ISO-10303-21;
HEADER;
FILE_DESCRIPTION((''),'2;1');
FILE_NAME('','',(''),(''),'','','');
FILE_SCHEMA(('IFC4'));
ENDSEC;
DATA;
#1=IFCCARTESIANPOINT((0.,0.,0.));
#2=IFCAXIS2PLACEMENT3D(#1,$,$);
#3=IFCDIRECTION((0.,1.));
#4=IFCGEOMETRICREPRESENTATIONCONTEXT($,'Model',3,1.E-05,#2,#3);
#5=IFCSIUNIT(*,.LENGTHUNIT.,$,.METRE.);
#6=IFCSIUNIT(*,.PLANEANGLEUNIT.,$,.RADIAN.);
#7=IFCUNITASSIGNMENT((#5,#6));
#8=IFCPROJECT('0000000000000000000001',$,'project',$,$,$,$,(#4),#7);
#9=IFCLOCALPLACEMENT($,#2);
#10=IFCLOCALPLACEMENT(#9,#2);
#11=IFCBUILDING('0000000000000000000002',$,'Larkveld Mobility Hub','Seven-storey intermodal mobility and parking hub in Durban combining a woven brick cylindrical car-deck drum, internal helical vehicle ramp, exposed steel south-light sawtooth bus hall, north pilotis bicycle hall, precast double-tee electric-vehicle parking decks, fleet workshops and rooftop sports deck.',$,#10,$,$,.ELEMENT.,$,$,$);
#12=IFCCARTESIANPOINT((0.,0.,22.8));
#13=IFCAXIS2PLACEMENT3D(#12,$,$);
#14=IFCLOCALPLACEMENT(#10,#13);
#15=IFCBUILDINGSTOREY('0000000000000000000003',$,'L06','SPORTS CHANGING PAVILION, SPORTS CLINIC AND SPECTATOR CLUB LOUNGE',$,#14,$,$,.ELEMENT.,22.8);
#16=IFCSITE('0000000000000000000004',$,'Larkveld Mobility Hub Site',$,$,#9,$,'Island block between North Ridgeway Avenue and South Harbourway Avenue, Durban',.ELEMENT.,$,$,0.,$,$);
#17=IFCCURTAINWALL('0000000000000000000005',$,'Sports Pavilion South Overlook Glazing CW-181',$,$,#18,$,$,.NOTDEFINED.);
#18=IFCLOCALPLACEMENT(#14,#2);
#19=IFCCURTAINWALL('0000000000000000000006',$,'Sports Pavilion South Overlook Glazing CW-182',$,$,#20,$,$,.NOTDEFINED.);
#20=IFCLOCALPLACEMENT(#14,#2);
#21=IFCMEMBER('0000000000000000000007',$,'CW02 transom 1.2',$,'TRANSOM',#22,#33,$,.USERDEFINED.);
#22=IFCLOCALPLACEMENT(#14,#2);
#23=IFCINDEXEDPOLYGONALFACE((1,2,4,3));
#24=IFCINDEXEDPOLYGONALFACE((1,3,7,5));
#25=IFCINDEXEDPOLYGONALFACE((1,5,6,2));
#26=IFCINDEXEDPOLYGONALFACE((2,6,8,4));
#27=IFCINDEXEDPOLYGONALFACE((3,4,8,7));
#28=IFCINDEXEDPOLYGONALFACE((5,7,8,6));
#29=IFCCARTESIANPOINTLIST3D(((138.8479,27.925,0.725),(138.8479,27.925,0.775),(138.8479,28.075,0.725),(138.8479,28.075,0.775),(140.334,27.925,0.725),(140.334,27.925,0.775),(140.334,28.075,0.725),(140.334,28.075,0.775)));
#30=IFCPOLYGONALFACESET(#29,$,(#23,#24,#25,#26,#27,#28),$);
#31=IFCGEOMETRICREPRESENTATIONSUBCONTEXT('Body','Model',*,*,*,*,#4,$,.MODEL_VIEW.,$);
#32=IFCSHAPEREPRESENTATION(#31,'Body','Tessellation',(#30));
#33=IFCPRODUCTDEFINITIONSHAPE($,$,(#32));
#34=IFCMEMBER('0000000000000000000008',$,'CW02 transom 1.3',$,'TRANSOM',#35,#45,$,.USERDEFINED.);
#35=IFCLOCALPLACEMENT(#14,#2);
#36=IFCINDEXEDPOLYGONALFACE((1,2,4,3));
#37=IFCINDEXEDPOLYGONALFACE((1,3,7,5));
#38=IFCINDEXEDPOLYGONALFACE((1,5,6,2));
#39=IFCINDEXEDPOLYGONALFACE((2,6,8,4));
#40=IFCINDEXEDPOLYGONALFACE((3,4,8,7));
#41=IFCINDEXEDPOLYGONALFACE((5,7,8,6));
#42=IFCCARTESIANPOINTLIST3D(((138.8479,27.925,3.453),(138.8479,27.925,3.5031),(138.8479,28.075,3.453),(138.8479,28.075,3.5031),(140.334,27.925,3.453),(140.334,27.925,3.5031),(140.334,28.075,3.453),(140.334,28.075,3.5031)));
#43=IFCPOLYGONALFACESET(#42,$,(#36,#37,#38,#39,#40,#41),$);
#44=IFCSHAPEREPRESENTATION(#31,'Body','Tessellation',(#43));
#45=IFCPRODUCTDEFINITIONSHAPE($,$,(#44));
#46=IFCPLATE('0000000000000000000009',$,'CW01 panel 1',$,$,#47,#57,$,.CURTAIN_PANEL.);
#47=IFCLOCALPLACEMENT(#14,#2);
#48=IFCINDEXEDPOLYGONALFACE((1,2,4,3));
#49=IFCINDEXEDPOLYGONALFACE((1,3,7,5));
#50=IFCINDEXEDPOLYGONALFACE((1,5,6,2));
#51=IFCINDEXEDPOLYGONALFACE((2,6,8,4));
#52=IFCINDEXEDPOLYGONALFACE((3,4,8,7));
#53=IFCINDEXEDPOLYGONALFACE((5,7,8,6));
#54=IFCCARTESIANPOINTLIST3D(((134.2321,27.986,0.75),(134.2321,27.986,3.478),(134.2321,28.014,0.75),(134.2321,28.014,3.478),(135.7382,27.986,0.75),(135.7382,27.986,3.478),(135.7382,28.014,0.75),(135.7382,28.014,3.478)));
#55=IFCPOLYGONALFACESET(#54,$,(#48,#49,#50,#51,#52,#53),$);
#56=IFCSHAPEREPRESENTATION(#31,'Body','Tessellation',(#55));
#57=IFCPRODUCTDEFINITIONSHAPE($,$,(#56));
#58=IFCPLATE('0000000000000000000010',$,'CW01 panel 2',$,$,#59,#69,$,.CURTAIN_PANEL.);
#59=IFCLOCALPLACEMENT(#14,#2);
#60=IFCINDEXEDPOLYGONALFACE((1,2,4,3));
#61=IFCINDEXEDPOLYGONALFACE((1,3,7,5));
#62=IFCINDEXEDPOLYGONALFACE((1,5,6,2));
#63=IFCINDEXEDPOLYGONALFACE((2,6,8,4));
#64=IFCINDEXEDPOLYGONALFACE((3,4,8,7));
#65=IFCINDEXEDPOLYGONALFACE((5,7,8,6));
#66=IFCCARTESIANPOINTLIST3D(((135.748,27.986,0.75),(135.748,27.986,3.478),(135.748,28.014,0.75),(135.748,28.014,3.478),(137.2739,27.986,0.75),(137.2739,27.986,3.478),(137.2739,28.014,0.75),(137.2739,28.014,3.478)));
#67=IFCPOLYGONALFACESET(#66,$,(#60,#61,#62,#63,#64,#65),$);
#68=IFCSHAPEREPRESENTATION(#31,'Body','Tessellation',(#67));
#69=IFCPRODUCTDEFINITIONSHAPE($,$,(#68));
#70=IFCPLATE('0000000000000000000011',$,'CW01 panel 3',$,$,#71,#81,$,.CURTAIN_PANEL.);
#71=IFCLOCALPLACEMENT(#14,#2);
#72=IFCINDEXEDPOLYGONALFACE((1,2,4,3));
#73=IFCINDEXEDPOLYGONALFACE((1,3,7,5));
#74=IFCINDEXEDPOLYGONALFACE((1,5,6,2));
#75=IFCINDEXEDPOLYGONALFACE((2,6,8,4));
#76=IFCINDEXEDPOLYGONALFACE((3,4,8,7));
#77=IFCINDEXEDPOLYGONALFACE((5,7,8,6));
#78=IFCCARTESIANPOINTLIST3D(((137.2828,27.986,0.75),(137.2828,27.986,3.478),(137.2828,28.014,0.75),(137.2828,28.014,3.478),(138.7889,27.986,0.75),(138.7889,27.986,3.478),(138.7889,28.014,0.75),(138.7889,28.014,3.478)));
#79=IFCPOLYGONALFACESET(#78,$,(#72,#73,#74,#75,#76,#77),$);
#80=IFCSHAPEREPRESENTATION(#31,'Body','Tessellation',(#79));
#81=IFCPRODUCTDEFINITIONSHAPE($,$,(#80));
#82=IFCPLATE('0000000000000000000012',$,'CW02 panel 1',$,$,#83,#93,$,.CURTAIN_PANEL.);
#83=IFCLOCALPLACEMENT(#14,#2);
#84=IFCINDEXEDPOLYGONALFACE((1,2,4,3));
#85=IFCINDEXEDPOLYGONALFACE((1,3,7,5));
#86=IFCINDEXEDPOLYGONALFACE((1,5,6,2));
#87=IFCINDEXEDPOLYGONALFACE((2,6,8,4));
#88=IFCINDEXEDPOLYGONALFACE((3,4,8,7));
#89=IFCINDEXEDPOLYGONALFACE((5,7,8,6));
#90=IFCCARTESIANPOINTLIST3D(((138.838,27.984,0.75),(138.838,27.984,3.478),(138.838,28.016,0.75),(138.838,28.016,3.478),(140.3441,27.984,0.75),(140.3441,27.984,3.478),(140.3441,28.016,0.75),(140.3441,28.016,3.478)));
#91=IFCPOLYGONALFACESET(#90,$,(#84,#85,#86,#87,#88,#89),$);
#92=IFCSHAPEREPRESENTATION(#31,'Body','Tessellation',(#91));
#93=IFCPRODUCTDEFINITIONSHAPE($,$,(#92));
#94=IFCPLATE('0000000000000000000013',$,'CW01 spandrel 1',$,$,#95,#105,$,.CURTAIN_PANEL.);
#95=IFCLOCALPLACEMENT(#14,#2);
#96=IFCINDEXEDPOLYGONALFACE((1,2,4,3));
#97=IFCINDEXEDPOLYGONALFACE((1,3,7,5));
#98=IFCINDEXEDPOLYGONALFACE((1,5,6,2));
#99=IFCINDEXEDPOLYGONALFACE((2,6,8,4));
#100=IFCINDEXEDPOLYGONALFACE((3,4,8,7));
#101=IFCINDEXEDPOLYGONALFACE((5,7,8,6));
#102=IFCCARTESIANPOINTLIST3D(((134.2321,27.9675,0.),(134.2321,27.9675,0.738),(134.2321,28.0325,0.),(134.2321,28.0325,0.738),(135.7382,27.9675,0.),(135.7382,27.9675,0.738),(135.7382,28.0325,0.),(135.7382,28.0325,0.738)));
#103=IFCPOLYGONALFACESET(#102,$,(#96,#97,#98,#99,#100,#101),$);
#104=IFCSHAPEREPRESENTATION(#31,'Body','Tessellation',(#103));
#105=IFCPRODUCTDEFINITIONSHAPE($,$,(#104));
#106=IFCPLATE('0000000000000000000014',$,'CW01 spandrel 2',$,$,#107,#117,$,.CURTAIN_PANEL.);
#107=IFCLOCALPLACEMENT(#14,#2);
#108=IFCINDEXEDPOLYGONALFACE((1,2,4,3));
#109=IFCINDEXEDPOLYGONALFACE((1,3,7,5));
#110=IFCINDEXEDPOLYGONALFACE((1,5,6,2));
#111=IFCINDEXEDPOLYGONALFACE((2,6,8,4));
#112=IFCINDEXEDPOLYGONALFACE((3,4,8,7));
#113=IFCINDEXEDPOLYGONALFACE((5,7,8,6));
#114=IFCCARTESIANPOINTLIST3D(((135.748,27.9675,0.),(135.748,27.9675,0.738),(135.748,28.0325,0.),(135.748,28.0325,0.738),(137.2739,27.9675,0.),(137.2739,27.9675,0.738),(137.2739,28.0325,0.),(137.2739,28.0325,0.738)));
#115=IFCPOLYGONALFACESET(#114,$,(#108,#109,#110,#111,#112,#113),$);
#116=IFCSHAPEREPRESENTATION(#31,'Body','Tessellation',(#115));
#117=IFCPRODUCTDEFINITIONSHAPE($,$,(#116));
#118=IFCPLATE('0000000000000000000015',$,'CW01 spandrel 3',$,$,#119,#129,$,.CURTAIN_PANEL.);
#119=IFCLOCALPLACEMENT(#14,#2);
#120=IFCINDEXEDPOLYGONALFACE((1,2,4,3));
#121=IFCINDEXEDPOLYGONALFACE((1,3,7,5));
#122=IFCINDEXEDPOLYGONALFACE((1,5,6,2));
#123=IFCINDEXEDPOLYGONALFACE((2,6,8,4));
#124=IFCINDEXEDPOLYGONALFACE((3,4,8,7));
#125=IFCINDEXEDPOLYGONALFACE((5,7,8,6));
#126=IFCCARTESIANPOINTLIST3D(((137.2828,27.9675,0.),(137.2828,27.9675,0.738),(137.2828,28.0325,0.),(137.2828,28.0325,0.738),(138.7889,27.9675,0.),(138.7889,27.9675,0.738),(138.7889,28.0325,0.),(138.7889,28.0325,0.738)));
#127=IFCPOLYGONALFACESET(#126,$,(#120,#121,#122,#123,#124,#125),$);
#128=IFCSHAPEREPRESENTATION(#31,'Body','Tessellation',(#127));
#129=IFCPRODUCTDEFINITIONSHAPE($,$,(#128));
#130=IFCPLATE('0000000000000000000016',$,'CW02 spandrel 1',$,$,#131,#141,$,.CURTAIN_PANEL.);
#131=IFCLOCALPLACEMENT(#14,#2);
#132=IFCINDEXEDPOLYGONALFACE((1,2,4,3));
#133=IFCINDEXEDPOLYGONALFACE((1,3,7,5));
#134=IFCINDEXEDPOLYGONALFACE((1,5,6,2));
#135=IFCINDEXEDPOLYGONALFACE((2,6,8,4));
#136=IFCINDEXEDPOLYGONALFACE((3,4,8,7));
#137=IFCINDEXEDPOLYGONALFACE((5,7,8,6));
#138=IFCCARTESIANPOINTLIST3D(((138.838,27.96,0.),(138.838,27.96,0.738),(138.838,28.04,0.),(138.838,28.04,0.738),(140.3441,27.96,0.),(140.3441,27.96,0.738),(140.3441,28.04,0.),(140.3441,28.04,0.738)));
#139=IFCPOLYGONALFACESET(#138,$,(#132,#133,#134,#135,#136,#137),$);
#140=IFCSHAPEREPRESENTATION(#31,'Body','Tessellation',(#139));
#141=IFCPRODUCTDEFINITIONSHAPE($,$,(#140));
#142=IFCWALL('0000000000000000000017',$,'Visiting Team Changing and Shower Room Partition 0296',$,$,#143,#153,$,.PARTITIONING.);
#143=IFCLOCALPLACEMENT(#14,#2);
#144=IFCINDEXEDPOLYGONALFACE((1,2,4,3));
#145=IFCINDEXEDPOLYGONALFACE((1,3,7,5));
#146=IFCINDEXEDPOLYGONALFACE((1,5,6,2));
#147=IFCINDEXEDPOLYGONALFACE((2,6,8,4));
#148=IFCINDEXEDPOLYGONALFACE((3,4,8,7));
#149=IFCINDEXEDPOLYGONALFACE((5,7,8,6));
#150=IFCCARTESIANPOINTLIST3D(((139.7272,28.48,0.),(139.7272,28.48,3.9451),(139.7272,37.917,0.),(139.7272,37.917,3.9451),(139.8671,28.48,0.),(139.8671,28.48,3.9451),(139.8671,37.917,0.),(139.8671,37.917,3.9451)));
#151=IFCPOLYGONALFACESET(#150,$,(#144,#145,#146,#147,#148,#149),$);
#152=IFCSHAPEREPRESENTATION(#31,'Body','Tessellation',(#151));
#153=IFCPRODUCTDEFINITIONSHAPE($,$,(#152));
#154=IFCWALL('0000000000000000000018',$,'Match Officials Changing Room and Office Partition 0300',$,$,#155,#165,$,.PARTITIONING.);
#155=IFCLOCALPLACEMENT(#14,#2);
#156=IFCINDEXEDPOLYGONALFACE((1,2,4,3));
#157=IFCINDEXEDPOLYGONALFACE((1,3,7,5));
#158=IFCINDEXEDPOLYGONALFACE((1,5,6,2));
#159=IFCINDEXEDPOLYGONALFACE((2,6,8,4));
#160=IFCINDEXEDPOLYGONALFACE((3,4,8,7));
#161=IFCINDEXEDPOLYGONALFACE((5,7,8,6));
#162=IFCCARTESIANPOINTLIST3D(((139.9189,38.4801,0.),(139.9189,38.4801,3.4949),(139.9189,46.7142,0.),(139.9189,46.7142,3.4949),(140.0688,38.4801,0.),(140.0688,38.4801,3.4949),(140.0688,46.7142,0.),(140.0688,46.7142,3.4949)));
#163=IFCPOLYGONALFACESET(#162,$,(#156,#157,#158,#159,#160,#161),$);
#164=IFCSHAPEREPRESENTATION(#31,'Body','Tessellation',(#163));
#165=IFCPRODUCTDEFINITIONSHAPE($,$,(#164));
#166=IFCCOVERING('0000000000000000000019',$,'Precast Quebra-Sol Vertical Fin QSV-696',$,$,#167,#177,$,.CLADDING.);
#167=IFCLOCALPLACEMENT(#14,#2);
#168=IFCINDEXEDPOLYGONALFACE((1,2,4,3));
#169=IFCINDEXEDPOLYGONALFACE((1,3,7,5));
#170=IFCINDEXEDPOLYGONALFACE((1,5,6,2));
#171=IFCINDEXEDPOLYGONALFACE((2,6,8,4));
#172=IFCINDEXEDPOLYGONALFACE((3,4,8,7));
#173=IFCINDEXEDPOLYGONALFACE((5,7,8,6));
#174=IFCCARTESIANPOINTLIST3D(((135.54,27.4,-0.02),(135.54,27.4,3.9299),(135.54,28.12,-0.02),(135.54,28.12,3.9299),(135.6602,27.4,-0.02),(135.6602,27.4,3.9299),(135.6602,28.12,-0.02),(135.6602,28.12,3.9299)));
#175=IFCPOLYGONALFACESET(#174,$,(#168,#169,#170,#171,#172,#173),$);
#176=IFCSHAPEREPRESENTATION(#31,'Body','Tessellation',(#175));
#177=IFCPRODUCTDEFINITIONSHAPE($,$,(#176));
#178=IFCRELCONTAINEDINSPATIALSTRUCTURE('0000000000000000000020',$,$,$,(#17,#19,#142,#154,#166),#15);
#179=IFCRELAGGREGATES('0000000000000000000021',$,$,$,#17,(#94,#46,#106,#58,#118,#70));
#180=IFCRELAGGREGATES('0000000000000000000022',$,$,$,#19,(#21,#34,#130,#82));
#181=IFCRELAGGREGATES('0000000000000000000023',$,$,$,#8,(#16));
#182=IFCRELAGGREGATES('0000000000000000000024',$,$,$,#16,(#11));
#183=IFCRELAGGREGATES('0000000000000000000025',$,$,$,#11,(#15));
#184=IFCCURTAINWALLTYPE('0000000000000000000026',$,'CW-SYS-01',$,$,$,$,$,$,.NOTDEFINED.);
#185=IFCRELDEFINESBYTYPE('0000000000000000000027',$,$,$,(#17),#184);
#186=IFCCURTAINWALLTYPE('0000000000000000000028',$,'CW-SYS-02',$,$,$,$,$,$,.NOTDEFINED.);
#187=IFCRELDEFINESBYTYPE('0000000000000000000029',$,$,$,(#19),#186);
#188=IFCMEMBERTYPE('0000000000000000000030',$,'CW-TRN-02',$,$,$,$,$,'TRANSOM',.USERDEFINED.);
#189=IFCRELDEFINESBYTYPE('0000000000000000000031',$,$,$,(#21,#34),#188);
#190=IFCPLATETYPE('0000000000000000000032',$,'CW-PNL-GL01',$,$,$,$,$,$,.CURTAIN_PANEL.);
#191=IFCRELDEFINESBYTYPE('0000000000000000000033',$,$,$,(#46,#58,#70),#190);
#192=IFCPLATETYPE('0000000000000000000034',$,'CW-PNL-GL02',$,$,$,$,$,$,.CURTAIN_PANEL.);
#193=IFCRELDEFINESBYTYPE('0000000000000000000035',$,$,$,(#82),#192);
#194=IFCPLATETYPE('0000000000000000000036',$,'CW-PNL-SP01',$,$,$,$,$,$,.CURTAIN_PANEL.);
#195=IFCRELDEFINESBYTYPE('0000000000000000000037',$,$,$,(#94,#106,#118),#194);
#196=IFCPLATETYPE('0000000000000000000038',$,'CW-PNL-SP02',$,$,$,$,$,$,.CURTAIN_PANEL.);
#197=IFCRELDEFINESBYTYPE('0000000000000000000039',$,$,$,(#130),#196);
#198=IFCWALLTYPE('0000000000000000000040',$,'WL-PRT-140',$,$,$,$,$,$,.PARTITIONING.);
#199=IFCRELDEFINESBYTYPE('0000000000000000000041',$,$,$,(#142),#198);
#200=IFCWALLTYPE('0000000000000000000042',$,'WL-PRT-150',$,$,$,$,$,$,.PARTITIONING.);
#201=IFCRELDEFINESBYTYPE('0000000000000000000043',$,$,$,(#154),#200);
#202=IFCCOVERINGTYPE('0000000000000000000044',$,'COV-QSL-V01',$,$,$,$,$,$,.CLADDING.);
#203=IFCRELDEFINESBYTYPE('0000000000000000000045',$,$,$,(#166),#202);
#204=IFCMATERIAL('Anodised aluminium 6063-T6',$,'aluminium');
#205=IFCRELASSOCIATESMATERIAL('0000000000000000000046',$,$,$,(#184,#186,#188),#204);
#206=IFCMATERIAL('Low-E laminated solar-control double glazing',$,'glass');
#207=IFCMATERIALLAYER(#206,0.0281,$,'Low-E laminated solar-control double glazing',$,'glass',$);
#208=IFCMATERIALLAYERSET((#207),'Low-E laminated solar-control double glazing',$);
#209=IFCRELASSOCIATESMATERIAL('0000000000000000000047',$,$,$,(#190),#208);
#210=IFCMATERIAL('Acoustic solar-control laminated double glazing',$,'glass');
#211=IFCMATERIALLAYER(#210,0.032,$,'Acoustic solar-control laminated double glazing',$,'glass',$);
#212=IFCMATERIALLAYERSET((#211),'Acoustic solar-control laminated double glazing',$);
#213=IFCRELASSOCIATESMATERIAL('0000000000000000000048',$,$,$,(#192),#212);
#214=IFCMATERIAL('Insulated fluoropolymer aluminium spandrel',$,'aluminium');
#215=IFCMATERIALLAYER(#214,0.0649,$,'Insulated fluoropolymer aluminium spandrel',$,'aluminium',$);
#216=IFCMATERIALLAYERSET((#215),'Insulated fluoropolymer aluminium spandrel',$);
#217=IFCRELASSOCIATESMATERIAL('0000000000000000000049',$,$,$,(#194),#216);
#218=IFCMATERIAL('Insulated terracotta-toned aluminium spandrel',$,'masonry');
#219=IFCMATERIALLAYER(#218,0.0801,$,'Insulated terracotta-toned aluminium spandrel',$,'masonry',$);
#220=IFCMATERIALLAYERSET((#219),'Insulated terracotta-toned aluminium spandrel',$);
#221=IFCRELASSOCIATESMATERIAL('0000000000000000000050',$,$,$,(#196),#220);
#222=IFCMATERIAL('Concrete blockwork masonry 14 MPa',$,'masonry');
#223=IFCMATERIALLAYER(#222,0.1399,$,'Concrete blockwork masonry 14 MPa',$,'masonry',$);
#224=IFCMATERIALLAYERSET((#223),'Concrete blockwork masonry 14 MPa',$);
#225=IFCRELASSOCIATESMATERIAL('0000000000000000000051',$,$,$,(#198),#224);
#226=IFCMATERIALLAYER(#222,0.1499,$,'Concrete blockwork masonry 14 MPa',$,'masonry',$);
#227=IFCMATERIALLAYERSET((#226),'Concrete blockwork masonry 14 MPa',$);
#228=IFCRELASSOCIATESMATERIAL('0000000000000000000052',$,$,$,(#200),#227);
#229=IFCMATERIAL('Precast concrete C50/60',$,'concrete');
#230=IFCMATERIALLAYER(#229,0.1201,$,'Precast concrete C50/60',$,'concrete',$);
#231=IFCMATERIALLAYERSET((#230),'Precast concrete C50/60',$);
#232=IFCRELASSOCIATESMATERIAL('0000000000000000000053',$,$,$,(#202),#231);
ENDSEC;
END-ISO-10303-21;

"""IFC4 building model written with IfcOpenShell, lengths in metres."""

from ifc_helpers import new_model, si_unit, direction, frame, frame_2d, origin, origin_2d, place, context, subcontext, project, spatial, rectangle, extrude, material, layer, layer_set, material_profile, profile_set, type_object, element, aggregate, save


model = new_model("IFC4")

# Units and contexts
model_context = context("Model", 3, precision=1e-05, world=origin(), true_north=direction((0.0, 1.0)))
body_context = subcontext(model_context, "Body", "Model", "MODEL_VIEW")
ifc_project = project(units=[si_unit("LENGTHUNIT", "METRE"), si_unit("PLANEANGLEUNIT", "RADIAN")], contexts=[model_context])

# Site, building, storey
site_placement = place(None, origin())
site = spatial("IfcSite", under=ifc_project, at=site_placement, Name="Larkveld Mobility Hub Site", LongName="Island block between North Ridgeway Avenue and South Harbourway Avenue, Durban", CompositionType="ELEMENT", RefElevation=0.0)
building_placement = place(site_placement, origin())
building = spatial("IfcBuilding", under=site, at=building_placement, Name="Larkveld Mobility Hub", Description="Seven-storey intermodal mobility and parking hub in Durban combining a woven brick cylindrical car-deck drum, internal helical vehicle ramp, exposed steel south-light sawtooth bus hall, north pilotis bicycle hall, precast double-tee electric-vehicle parking decks, fleet workshops and rooftop sports deck.", CompositionType="ELEMENT")
storey_placement = place(building_placement, frame((0.0, 0.0, 22.8)))
storey = spatial("IfcBuildingStorey", under=building, at=storey_placement, Name="L06", Description="SPORTS CHANGING PAVILION, SPORTS CLINIC AND SPECTATOR CLUB LOUNGE", CompositionType="ELEMENT", Elevation=22.8)

# Curtain wall
ifc_material_1 = material(Name="Anodised aluminium 6063-T6", Category="aluminium")
curtain_wall_type_1 = type_object("IfcCurtainWallType", Name="CW-SYS-01", PredefinedType="NOTDEFINED", material=ifc_material_1)
curtain_wall_1_placement = place(storey_placement, origin())
curtain_wall_1 = element("IfcCurtainWall", 1, at=curtain_wall_1_placement, inside=storey, type_object=curtain_wall_type_1, Name="Sports Pavilion South Overlook Glazing CW-181", PredefinedType="NOTDEFINED")

# Curtain wall
curtain_wall_type_2 = type_object("IfcCurtainWallType", Name="CW-SYS-02", PredefinedType="NOTDEFINED", material=ifc_material_1)
curtain_wall_2_placement = place(storey_placement, origin())
curtain_wall_2 = element("IfcCurtainWall", 2, at=curtain_wall_2_placement, inside=storey, type_object=curtain_wall_type_2, Name="Sports Pavilion South Overlook Glazing CW-182", PredefinedType="NOTDEFINED")

# Members
ifc_material_profile_1 = material_profile(ifc_material_1, rectangle(XDim=0.1499, YDim=0.05, at=origin_2d()), Name="ALU TRAN 50x150")
ifc_profile_set_1 = profile_set([ifc_material_profile_1], Name="Anodised aluminium 6063-T6")
member_type_1 = type_object("IfcMemberType", Name="CW-TRN-02", ElementType="TRANSOM", PredefinedType="USERDEFINED", material=ifc_profile_set_1)
member_1_placement = place(storey_placement, frame((138.8479, 28.0, 0.75), z_axis=(1.0, 0.0, 0.0), x_axis=(0.0, 1.0, 0.0)))
member_1 = element("IfcMember", 3, at=member_1_placement, type_object=member_type_1, Name="CW02 transom 1.2", ObjectType="TRANSOM", PredefinedType="USERDEFINED", context=body_context, shape_type="SweptSolid", body=[
    extrude(rectangle(XDim=0.1499, YDim=0.05, at=origin_2d()), origin(), (0.0, 0.0, 1.0), 1.4861),
])
member_2_placement = place(storey_placement, frame((138.8479, 28.0, 3.478), z_axis=(1.0, 0.0, 0.0), x_axis=(0.0, 1.0, 0.0)))
member_2 = element("IfcMember", 4, at=member_2_placement, type_object=member_type_1, Name="CW02 transom 1.3", ObjectType="TRANSOM", PredefinedType="USERDEFINED", context=body_context, shape_type="SweptSolid", body=[
    extrude(rectangle(XDim=0.1499, YDim=0.05, at=origin_2d()), origin(), (0.0, 0.0, 1.0), 1.4861),
])

# Plates
ifc_material_2 = material(Name="Low-E laminated solar-control double glazing", Category="glass")
ifc_layer_1 = layer(ifc_material_2, 0.0281, Name="Low-E laminated solar-control double glazing", Category="glass")
ifc_layer_set_1 = layer_set([ifc_layer_1], Name="Low-E laminated solar-control double glazing")
plate_type_1 = type_object("IfcPlateType", Name="CW-PNL-GL01", PredefinedType="CURTAIN_PANEL", material=ifc_layer_set_1)
plate_1_placement = place(storey_placement, frame((134.9851, 28.0, 0.75), z_axis=(0.0, 0.0, 1.0), x_axis=(1.0, 0.0, 0.0)))
plate_1 = element("IfcPlate", 5, at=plate_1_placement, type_object=plate_type_1, Name="CW01 panel 1", PredefinedType="CURTAIN_PANEL", context=body_context, shape_type="SweptSolid", body=[
    extrude(rectangle(XDim=1.5061, YDim=0.0281, at=origin_2d()), origin(), (0.0, 0.0, 1.0), 2.728),
])
plate_2_placement = place(storey_placement, frame((136.511, 28.0, 0.75), z_axis=(0.0, 0.0, 1.0), x_axis=(1.0, 0.0, 0.0)))
plate_2 = element("IfcPlate", 6, at=plate_2_placement, type_object=plate_type_1, Name="CW01 panel 2", PredefinedType="CURTAIN_PANEL", context=body_context, shape_type="SweptSolid", body=[
    extrude(rectangle(XDim=1.5259, YDim=0.0281, at=origin_2d()), origin(), (0.0, 0.0, 1.0), 2.728),
])
plate_3_placement = place(storey_placement, frame((138.0359, 28.0, 0.75), z_axis=(0.0, 0.0, 1.0), x_axis=(1.0, 0.0, 0.0)))
plate_3 = element("IfcPlate", 7, at=plate_3_placement, type_object=plate_type_1, Name="CW01 panel 3", PredefinedType="CURTAIN_PANEL", context=body_context, shape_type="SweptSolid", body=[
    extrude(rectangle(XDim=1.5061, YDim=0.0281, at=origin_2d()), origin(), (0.0, 0.0, 1.0), 2.728),
])
ifc_material_3 = material(Name="Acoustic solar-control laminated double glazing", Category="glass")
ifc_layer_2 = layer(ifc_material_3, 0.032, Name="Acoustic solar-control laminated double glazing", Category="glass")
ifc_layer_set_2 = layer_set([ifc_layer_2], Name="Acoustic solar-control laminated double glazing")
plate_type_2 = type_object("IfcPlateType", Name="CW-PNL-GL02", PredefinedType="CURTAIN_PANEL", material=ifc_layer_set_2)
plate_4_placement = place(storey_placement, frame((139.5911, 28.0, 0.75), z_axis=(0.0, 0.0, 1.0), x_axis=(1.0, 0.0, 0.0)))
plate_4 = element("IfcPlate", 8, at=plate_4_placement, type_object=plate_type_2, Name="CW02 panel 1", PredefinedType="CURTAIN_PANEL", context=body_context, shape_type="SweptSolid", body=[
    extrude(rectangle(XDim=1.5061, YDim=0.032, at=origin_2d()), origin(), (0.0, 0.0, 1.0), 2.728),
])
ifc_material_4 = material(Name="Insulated fluoropolymer aluminium spandrel", Category="aluminium")
ifc_layer_3 = layer(ifc_material_4, 0.0649, Name="Insulated fluoropolymer aluminium spandrel", Category="aluminium")
ifc_layer_set_3 = layer_set([ifc_layer_3], Name="Insulated fluoropolymer aluminium spandrel")
plate_type_3 = type_object("IfcPlateType", Name="CW-PNL-SP01", PredefinedType="CURTAIN_PANEL", material=ifc_layer_set_3)
plate_5_placement = place(storey_placement, frame((134.9851, 28.0, 0.0), z_axis=(0.0, 0.0, 1.0), x_axis=(1.0, 0.0, 0.0)))
plate_5 = element("IfcPlate", 9, at=plate_5_placement, type_object=plate_type_3, Name="CW01 spandrel 1", PredefinedType="CURTAIN_PANEL", context=body_context, shape_type="SweptSolid", body=[
    extrude(rectangle(XDim=1.5061, YDim=0.0649, at=origin_2d()), origin(), (0.0, 0.0, 1.0), 0.738),
])
plate_6_placement = place(storey_placement, frame((136.511, 28.0, 0.0), z_axis=(0.0, 0.0, 1.0), x_axis=(1.0, 0.0, 0.0)))
plate_6 = element("IfcPlate", 10, at=plate_6_placement, type_object=plate_type_3, Name="CW01 spandrel 2", PredefinedType="CURTAIN_PANEL", context=body_context, shape_type="SweptSolid", body=[
    extrude(rectangle(XDim=1.5259, YDim=0.0649, at=origin_2d()), origin(), (0.0, 0.0, 1.0), 0.738),
])
plate_7_placement = place(storey_placement, frame((138.0359, 28.0, 0.0), z_axis=(0.0, 0.0, 1.0), x_axis=(1.0, 0.0, 0.0)))
plate_7 = element("IfcPlate", 11, at=plate_7_placement, type_object=plate_type_3, Name="CW01 spandrel 3", PredefinedType="CURTAIN_PANEL", context=body_context, shape_type="SweptSolid", body=[
    extrude(rectangle(XDim=1.5061, YDim=0.0649, at=origin_2d()), origin(), (0.0, 0.0, 1.0), 0.738),
])
aggregate(curtain_wall_1, [plate_5, plate_1, plate_6, plate_2, plate_7, plate_3])
ifc_material_5 = material(Name="Insulated terracotta-toned aluminium spandrel", Category="masonry")
ifc_layer_4 = layer(ifc_material_5, 0.0801, Name="Insulated terracotta-toned aluminium spandrel", Category="masonry")
ifc_layer_set_4 = layer_set([ifc_layer_4], Name="Insulated terracotta-toned aluminium spandrel")
plate_type_4 = type_object("IfcPlateType", Name="CW-PNL-SP02", PredefinedType="CURTAIN_PANEL", material=ifc_layer_set_4)
plate_8_placement = place(storey_placement, frame((139.5911, 28.0, 0.0), z_axis=(0.0, 0.0, 1.0), x_axis=(1.0, 0.0, 0.0)))
plate_8 = element("IfcPlate", 12, at=plate_8_placement, type_object=plate_type_4, Name="CW02 spandrel 1", PredefinedType="CURTAIN_PANEL", context=body_context, shape_type="SweptSolid", body=[
    extrude(rectangle(XDim=1.5061, YDim=0.0801, at=origin_2d()), origin(), (0.0, 0.0, 1.0), 0.738),
])
aggregate(curtain_wall_2, [member_1, member_2, plate_8, plate_4])

# Walls
ifc_material_6 = material(Name="Concrete blockwork masonry 14 MPa", Category="masonry")
ifc_layer_5 = layer(ifc_material_6, 0.1399, Name="Concrete blockwork masonry 14 MPa", Category="masonry")
ifc_layer_set_5 = layer_set([ifc_layer_5], Name="Concrete blockwork masonry 14 MPa")
wall_type_1 = type_object("IfcWallType", Name="WL-PRT-140", PredefinedType="PARTITIONING", material=ifc_layer_set_5)
wall_1_placement = place(storey_placement, frame((139.7971, 28.48, 0.0), z_axis=(0.0, 0.0, 1.0), x_axis=(0.0, 1.0, 0.0)))
element("IfcWall", 13, at=wall_1_placement, inside=storey, type_object=wall_type_1, Name="Visiting Team Changing and Shower Room Partition 0296", PredefinedType="PARTITIONING", context=body_context, shape_type="SweptSolid", body=[
    extrude(rectangle(XDim=9.437, YDim=0.1399, at=frame_2d((4.7185, 0.0))), origin(), (0.0, 0.0, 1.0), 3.9451),
])
ifc_layer_6 = layer(ifc_material_6, 0.1499, Name="Concrete blockwork masonry 14 MPa", Category="masonry")
ifc_layer_set_6 = layer_set([ifc_layer_6], Name="Concrete blockwork masonry 14 MPa")
wall_type_2 = type_object("IfcWallType", Name="WL-PRT-150", PredefinedType="PARTITIONING", material=ifc_layer_set_6)
wall_2_placement = place(storey_placement, frame((139.9939, 38.48, 0.0), z_axis=(0.0, 0.0, 1.0), x_axis=(0.0, 1.0, 0.0)))
element("IfcWall", 14, at=wall_2_placement, inside=storey, type_object=wall_type_2, Name="Match Officials Changing Room and Office Partition 0300", PredefinedType="PARTITIONING", context=body_context, shape_type="SweptSolid", body=[
    extrude(rectangle(XDim=8.2341, YDim=0.1499, at=frame_2d((4.1172, 0.0))), origin(), (0.0, 0.0, 1.0), 3.4949),
])

# Covering
ifc_material_7 = material(Name="Precast concrete C50/60", Category="concrete")
ifc_layer_7 = layer(ifc_material_7, 0.1201, Name="Precast concrete C50/60", Category="concrete")
ifc_layer_set_7 = layer_set([ifc_layer_7], Name="Precast concrete C50/60")
covering_type = type_object("IfcCoveringType", Name="COV-QSL-V01", PredefinedType="CLADDING", material=ifc_layer_set_7)
for number, where, z_axis, x_axis, name in (
    (15, (135.6001, 27.76, -0.02), (0.0, 0.0, 1.0), (1.0, 0.0, 0.0), "Precast Quebra-Sol Vertical Fin QSV-696"),
):
    element("IfcCovering", number, at=place(storey_placement, frame(where, z_axis=z_axis, x_axis=x_axis)), inside=storey, type_object=covering_type, Name=name, PredefinedType="CLADDING", context=body_context, shape_type="SweptSolid", body=[
        extrude(rectangle(XDim=0.1201, YDim=0.72, at=origin_2d()), origin(), (0.0, 0.0, 1.0), 3.95),
    ])

save(model, "model.ifc")
